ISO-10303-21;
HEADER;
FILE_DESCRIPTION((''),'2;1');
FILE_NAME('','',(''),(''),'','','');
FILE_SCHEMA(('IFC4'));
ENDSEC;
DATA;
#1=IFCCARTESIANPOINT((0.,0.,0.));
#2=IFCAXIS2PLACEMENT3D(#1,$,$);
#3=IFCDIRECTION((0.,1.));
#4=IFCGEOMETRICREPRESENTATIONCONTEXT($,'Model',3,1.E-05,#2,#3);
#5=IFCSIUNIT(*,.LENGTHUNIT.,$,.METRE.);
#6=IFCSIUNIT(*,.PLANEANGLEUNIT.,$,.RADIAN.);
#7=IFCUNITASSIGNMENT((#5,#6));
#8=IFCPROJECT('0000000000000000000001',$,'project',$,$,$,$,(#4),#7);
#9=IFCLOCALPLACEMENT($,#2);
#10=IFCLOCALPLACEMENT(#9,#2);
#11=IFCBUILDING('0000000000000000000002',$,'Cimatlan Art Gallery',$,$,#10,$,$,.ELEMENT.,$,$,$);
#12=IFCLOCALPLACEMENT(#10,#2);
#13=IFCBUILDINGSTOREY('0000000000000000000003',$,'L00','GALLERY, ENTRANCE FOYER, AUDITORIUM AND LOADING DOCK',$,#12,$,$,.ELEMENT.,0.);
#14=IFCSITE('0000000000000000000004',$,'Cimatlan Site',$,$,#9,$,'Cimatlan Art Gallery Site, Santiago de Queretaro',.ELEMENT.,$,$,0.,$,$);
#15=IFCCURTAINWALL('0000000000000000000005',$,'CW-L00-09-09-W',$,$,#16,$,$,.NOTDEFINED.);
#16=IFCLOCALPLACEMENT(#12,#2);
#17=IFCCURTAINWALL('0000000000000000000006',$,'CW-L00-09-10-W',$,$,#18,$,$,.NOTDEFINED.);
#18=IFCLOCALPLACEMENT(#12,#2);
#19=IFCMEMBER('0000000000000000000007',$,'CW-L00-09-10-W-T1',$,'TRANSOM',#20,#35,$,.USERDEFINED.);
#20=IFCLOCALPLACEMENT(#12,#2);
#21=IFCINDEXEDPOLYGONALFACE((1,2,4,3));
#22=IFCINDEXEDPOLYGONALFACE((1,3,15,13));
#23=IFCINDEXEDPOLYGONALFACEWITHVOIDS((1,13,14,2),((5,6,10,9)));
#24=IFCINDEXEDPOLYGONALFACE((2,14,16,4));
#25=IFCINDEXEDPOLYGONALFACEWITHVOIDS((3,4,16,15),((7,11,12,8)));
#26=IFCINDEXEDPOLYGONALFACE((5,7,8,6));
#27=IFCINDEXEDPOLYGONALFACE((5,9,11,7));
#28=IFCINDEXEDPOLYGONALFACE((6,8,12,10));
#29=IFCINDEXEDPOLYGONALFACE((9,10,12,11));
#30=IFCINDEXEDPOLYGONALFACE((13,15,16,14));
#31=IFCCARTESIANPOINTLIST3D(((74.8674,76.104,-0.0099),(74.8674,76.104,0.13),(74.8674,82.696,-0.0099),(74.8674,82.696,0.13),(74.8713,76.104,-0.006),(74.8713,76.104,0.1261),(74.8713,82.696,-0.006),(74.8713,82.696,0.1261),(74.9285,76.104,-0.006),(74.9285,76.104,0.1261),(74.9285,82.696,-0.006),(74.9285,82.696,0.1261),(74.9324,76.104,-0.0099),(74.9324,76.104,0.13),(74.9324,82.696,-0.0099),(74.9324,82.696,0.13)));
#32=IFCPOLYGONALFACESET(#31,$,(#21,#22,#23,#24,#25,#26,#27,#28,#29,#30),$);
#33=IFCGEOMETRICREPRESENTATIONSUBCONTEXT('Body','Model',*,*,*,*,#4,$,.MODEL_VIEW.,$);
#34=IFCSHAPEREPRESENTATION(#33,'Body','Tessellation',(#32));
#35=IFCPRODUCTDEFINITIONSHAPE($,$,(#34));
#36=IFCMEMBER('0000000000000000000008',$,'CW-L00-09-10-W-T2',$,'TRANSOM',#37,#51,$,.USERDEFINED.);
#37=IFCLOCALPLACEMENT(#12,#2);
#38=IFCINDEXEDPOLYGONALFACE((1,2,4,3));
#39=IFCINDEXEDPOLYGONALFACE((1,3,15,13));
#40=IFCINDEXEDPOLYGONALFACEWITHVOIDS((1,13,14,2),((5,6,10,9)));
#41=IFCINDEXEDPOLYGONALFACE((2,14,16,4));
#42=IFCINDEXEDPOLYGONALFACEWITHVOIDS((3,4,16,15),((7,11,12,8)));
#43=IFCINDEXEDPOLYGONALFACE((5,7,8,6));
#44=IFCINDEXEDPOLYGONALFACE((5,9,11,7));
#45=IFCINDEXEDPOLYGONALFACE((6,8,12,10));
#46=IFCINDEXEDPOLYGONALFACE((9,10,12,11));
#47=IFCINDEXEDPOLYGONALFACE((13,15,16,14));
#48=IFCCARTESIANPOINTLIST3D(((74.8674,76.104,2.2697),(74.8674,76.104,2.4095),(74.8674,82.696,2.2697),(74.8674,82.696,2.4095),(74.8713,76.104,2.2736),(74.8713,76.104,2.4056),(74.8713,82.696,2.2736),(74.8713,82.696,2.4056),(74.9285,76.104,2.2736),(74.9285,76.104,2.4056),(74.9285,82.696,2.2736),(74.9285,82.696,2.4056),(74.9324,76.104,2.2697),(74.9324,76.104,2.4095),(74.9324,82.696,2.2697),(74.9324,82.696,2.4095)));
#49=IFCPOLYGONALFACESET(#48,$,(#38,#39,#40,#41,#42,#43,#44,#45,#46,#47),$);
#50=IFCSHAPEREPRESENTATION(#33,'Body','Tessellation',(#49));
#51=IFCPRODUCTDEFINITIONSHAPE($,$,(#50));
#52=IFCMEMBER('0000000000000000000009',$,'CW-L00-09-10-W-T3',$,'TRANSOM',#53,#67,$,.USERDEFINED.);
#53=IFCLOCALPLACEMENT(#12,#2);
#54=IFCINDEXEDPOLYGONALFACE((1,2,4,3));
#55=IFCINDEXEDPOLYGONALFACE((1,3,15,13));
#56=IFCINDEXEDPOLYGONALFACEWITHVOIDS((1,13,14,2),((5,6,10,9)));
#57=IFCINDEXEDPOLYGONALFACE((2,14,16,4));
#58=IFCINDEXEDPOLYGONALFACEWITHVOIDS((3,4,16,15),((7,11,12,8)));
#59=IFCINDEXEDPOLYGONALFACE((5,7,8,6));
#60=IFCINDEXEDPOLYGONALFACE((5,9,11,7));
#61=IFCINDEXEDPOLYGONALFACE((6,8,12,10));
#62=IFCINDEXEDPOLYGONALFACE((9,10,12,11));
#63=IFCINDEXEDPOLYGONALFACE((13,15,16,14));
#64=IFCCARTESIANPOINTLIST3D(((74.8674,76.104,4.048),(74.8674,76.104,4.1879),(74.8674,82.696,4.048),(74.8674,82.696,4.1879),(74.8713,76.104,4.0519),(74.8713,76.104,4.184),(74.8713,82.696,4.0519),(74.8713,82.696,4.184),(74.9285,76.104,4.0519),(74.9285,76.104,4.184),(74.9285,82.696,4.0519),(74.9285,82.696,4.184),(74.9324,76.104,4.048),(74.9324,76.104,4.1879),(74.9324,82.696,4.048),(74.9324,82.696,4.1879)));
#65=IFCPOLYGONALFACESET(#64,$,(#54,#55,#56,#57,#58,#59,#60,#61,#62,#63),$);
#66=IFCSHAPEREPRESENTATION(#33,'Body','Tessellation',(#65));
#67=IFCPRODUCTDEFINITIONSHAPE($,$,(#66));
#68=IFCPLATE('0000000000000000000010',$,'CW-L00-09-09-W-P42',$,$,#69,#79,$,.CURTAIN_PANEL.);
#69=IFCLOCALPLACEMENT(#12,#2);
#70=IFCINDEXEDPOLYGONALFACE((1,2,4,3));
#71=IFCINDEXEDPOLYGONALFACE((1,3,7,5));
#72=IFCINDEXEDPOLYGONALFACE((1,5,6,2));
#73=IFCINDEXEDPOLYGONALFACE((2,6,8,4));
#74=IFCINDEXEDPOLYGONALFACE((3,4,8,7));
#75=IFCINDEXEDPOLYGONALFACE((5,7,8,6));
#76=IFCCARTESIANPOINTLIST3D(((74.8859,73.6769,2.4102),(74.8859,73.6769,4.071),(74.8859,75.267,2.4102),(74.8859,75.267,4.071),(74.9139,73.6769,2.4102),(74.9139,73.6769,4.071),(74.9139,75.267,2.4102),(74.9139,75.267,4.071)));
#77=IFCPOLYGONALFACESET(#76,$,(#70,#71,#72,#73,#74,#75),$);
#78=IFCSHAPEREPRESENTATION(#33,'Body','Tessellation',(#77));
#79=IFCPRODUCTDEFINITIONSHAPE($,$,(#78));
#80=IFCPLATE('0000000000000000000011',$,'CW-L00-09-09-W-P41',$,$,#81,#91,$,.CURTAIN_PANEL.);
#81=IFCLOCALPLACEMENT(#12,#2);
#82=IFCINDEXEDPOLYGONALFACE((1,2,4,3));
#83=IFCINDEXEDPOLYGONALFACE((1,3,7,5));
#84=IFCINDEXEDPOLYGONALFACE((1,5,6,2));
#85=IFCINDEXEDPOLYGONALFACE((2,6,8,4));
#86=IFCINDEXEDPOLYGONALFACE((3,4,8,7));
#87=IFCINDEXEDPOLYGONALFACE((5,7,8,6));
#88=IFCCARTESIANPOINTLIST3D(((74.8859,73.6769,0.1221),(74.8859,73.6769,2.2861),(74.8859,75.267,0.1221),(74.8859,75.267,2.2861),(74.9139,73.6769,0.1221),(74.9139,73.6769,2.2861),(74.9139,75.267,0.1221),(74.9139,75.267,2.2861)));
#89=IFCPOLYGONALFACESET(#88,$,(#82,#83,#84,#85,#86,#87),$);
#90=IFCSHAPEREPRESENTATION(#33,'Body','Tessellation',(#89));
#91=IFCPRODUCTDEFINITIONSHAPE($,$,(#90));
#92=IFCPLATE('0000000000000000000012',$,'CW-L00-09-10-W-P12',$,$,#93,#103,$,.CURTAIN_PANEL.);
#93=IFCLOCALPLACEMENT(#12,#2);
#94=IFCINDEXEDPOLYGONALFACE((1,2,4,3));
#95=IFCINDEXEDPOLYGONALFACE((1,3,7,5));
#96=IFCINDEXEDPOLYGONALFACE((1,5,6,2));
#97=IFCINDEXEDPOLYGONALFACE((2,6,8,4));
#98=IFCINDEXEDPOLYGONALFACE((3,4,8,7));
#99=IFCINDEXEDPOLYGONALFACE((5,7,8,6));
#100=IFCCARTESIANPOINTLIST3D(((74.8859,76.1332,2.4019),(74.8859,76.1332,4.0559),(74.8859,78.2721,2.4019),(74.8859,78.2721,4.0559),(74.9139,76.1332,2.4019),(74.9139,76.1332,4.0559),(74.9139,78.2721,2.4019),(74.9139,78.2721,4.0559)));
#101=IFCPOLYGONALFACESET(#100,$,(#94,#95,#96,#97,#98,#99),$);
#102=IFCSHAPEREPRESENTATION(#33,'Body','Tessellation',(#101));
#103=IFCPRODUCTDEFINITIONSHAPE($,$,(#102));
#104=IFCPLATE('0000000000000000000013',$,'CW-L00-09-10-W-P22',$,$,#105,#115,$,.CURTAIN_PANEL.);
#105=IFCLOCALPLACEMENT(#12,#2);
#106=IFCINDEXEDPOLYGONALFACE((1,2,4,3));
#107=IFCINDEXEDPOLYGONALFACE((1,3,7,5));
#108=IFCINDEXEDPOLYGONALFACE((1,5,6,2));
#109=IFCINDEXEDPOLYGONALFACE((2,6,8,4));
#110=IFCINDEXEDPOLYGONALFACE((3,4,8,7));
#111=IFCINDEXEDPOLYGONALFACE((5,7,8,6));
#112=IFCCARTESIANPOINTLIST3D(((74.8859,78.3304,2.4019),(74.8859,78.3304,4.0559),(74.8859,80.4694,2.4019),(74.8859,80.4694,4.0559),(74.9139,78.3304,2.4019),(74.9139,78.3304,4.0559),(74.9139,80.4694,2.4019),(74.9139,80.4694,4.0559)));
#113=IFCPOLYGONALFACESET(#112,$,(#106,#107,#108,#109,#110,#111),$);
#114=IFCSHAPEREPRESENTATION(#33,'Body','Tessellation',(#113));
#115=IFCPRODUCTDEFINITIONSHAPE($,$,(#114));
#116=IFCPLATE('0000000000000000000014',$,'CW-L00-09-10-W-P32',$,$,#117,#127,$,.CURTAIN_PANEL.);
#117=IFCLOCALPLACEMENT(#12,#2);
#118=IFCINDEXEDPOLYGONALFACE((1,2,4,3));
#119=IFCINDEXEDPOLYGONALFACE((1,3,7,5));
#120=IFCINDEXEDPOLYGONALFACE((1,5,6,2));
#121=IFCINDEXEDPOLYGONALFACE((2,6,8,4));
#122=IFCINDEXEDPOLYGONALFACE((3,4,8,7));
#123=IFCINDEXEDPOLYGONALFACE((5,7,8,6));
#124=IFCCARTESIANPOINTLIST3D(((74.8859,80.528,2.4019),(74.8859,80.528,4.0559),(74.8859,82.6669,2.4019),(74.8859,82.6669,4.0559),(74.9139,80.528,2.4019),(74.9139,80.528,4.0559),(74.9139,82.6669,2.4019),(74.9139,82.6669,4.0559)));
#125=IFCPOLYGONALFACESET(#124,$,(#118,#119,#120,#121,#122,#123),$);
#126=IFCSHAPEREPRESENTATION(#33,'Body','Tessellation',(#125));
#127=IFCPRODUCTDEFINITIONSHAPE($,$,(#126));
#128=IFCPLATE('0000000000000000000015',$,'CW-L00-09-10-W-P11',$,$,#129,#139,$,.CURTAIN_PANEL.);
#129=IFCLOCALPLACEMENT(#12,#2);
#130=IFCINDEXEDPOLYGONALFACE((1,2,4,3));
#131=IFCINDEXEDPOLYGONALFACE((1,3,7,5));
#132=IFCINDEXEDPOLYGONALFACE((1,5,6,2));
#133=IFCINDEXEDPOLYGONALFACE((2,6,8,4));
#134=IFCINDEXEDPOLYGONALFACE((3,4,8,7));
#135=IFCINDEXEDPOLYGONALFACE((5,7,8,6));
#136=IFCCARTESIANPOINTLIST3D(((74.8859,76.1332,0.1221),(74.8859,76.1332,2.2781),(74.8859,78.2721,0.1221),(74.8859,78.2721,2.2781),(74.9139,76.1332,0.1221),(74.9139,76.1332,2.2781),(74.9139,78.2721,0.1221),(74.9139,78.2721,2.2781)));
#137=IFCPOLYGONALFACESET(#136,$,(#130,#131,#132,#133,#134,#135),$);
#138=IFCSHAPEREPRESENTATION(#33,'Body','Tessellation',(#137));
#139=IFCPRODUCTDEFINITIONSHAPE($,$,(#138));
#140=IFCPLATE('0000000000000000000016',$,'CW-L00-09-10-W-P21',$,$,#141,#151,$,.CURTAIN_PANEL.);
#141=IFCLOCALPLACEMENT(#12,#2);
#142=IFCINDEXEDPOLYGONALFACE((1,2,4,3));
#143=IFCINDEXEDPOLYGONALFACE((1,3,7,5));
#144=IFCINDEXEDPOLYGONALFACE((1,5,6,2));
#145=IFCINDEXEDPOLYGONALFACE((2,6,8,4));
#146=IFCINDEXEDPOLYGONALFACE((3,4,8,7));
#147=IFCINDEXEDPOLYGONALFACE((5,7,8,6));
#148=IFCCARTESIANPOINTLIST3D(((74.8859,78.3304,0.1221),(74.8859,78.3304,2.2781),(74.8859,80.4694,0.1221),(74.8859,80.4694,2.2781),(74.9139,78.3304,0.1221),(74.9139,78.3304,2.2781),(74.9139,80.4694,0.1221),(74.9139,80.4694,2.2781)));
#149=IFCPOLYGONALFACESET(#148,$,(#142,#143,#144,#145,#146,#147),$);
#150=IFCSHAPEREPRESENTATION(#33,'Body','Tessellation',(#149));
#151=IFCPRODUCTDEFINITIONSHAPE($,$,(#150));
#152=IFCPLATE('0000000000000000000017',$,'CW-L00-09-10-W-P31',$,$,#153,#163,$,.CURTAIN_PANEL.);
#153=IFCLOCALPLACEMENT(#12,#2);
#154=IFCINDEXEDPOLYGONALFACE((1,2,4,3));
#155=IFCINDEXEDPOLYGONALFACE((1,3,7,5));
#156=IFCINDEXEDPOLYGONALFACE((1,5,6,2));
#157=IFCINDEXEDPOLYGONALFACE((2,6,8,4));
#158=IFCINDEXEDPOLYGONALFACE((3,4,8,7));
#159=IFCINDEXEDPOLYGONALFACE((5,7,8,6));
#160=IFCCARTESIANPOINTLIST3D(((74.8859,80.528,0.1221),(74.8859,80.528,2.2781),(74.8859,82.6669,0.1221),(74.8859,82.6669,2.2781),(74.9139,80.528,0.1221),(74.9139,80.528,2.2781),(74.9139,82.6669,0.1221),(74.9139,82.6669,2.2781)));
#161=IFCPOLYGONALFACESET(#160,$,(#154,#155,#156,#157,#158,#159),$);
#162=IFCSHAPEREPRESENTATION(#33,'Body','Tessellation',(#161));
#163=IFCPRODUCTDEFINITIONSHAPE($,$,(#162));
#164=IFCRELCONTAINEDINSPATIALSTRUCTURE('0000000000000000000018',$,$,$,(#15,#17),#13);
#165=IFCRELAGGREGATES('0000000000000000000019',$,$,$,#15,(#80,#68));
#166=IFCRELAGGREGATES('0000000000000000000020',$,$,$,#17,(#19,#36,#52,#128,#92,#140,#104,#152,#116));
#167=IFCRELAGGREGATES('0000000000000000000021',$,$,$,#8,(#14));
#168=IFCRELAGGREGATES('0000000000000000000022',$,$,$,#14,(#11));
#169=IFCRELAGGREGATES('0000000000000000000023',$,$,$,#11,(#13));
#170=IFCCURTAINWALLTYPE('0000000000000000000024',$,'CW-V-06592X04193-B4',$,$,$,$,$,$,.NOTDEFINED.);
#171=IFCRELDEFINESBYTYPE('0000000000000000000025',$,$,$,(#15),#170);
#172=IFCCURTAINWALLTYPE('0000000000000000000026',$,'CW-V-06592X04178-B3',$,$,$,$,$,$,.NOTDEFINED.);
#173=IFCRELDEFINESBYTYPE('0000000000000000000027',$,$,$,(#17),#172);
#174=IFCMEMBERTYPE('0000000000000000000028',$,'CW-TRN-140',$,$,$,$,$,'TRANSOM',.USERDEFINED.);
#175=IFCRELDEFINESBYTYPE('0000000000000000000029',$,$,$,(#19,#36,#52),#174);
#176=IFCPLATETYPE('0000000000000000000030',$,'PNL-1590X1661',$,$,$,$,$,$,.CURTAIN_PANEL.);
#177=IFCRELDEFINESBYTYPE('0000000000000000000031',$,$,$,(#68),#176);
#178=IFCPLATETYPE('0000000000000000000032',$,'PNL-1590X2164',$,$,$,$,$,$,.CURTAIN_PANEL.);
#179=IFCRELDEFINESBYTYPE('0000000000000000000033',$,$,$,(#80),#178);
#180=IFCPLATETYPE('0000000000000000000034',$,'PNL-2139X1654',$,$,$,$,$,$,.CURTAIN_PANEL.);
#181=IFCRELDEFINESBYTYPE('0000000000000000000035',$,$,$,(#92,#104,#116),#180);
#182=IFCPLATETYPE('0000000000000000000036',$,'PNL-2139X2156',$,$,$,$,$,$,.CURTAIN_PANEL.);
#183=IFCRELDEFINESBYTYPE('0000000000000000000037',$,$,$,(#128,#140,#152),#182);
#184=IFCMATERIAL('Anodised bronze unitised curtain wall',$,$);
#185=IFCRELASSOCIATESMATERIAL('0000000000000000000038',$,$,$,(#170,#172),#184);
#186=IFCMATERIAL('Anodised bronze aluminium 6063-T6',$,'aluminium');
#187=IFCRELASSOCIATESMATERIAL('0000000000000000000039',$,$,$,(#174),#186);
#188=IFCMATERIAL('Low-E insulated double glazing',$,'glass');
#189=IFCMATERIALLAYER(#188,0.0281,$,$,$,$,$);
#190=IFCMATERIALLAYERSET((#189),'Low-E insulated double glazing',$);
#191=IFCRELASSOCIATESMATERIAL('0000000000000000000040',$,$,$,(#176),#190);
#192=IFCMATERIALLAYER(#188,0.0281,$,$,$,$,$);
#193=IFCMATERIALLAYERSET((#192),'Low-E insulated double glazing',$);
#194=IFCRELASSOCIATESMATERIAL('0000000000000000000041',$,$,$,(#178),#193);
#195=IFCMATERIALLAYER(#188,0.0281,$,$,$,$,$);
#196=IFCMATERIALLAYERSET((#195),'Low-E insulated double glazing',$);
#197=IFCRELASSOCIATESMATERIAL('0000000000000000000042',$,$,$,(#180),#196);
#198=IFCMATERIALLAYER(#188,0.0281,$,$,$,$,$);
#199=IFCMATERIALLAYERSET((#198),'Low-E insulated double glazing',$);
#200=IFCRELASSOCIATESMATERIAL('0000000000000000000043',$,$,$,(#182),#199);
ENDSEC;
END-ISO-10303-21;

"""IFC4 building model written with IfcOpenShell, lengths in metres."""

from ifc_helpers import new_model, si_unit, direction, frame, origin, origin_2d, place, context, subcontext, project, spatial, rectangle, hollow_rectangle, extrude, material, layer, layer_set, material_profile, profile_set, type_object, element, aggregate, save


model = new_model("IFC4")

# Units and contexts
model_context = context("Model", 3, precision=1e-05, world=origin(), true_north=direction((0.0, 1.0)))
body_context = subcontext(model_context, "Body", "Model", "MODEL_VIEW")
ifc_project = project(units=[si_unit("LENGTHUNIT", "METRE"), si_unit("PLANEANGLEUNIT", "RADIAN")], contexts=[model_context])

# Site, building, storey
site_placement = place(None, origin())
site = spatial("IfcSite", under=ifc_project, at=site_placement, Name="Cimatlan Site", LongName="Cimatlan Art Gallery Site, Santiago de Queretaro", CompositionType="ELEMENT", RefElevation=0.0)
building_placement = place(site_placement, origin())
building = spatial("IfcBuilding", under=site, at=building_placement, Name="Cimatlan Art Gallery", CompositionType="ELEMENT")
storey_placement = place(building_placement, origin())
storey = spatial("IfcBuildingStorey", under=building, at=storey_placement, Name="L00", Description="GALLERY, ENTRANCE FOYER, AUDITORIUM AND LOADING DOCK", CompositionType="ELEMENT", Elevation=0.0)

# Curtain wall
ifc_material_1 = material(Name="Anodised bronze unitised curtain wall")
curtain_wall_type_1 = type_object("IfcCurtainWallType", Name="CW-V-06592X04193-B4", PredefinedType="NOTDEFINED", material=ifc_material_1)
curtain_wall_1_placement = place(storey_placement, origin())
curtain_wall_1 = element("IfcCurtainWall", 1, at=curtain_wall_1_placement, inside=storey, type_object=curtain_wall_type_1, Name="CW-L00-09-09-W", PredefinedType="NOTDEFINED")
ifc_material_2 = material(Name="Anodised bronze aluminium 6063-T6", Category="aluminium")

# Curtain wall, members
curtain_wall_type_2 = type_object("IfcCurtainWallType", Name="CW-V-06592X04178-B3", PredefinedType="NOTDEFINED", material=ifc_material_1)
curtain_wall_2_placement = place(storey_placement, origin())
curtain_wall_2 = element("IfcCurtainWall", 2, at=curtain_wall_2_placement, inside=storey, type_object=curtain_wall_type_2, Name="CW-L00-09-10-W", PredefinedType="NOTDEFINED")
ifc_material_profile_1 = material_profile(ifc_material_2, hollow_rectangle(XDim=0.0649, YDim=0.1399, WallThickness=0.0039, at=origin_2d()), Name="ALU65X140X4")
ifc_profile_set_1 = profile_set([ifc_material_profile_1], Name="Anodised bronze aluminium 6063-T6")
member_type_1 = type_object("IfcMemberType", Name="CW-TRN-140", ElementType="TRANSOM", PredefinedType="USERDEFINED", material=ifc_profile_set_1)
member_1_placement = place(storey_placement, frame((74.8999, 76.104, 0.0601), z_axis=(0.0, 1.0, 0.0), x_axis=(-1.0, 0.0, 0.0)))
member_1 = element("IfcMember", 3, at=member_1_placement, type_object=member_type_1, Name="CW-L00-09-10-W-T1", ObjectType="TRANSOM", PredefinedType="USERDEFINED", context=body_context, shape_type="SweptSolid", body=[
    extrude(hollow_rectangle(XDim=0.0649, YDim=0.1399, WallThickness=0.0039, at=origin_2d()), origin(), (0.0, 0.0, 1.0), 6.592),
])
member_2_placement = place(storey_placement, frame((74.8999, 76.104, 2.3396), z_axis=(0.0, 1.0, 0.0), x_axis=(-1.0, 0.0, 0.0)))
member_2 = element("IfcMember", 4, at=member_2_placement, type_object=member_type_1, Name="CW-L00-09-10-W-T2", ObjectType="TRANSOM", PredefinedType="USERDEFINED", context=body_context, shape_type="SweptSolid", body=[
    extrude(hollow_rectangle(XDim=0.0649, YDim=0.1399, WallThickness=0.0039, at=origin_2d()), origin(), (0.0, 0.0, 1.0), 6.592),
])
member_3_placement = place(storey_placement, frame((74.8999, 76.104, 4.1179), z_axis=(0.0, 1.0, 0.0), x_axis=(-1.0, 0.0, 0.0)))
member_3 = element("IfcMember", 5, at=member_3_placement, type_object=member_type_1, Name="CW-L00-09-10-W-T3", ObjectType="TRANSOM", PredefinedType="USERDEFINED", context=body_context, shape_type="SweptSolid", body=[
    extrude(hollow_rectangle(XDim=0.0649, YDim=0.1399, WallThickness=0.0039, at=origin_2d()), origin(), (0.0, 0.0, 1.0), 6.592),
])

# Plates
ifc_material_3 = material(Name="Low-E insulated double glazing", Category="glass")
ifc_layer_1 = layer(ifc_material_3, 0.0281)
ifc_layer_set_1 = layer_set([ifc_layer_1], Name="Low-E insulated double glazing")
plate_type_1 = type_object("IfcPlateType", Name="PNL-1590X1661", PredefinedType="CURTAIN_PANEL", material=ifc_layer_set_1)
plate_1_placement = place(storey_placement, frame((74.8999, 74.4719, 2.4102), z_axis=(0.0, 0.0, 1.0), x_axis=(0.0, 1.0, 0.0)))
plate_1 = element("IfcPlate", 6, at=plate_1_placement, type_object=plate_type_1, Name="CW-L00-09-09-W-P42", PredefinedType="CURTAIN_PANEL", context=body_context, shape_type="SweptSolid", body=[
    extrude(rectangle(XDim=1.5901, YDim=0.0281, at=origin_2d()), origin(), (0.0, 0.0, 1.0), 1.6609),
])
ifc_layer_2 = layer(ifc_material_3, 0.0281)
ifc_layer_set_2 = layer_set([ifc_layer_2], Name="Low-E insulated double glazing")
plate_type_2 = type_object("IfcPlateType", Name="PNL-1590X2164", PredefinedType="CURTAIN_PANEL", material=ifc_layer_set_2)
plate_2_placement = place(storey_placement, frame((74.8999, 74.4719, 0.1221), z_axis=(0.0, 0.0, 1.0), x_axis=(0.0, 1.0, 0.0)))
plate_2 = element("IfcPlate", 7, at=plate_2_placement, type_object=plate_type_2, Name="CW-L00-09-09-W-P41", PredefinedType="CURTAIN_PANEL", context=body_context, shape_type="SweptSolid", body=[
    extrude(rectangle(XDim=1.5901, YDim=0.0281, at=origin_2d()), origin(), (0.0, 0.0, 1.0), 2.1641),
])
aggregate(curtain_wall_1, [plate_2, plate_1])
ifc_layer_3 = layer(ifc_material_3, 0.0281)
ifc_layer_set_3 = layer_set([ifc_layer_3], Name="Low-E insulated double glazing")
plate_type_3 = type_object("IfcPlateType", Name="PNL-2139X1654", PredefinedType="CURTAIN_PANEL", material=ifc_layer_set_3)
plate_3_placement = place(storey_placement, frame((74.8999, 77.2026, 2.4019), z_axis=(0.0, 0.0, 1.0), x_axis=(0.0, 1.0, 0.0)))
plate_3 = element("IfcPlate", 8, at=plate_3_placement, type_object=plate_type_3, Name="CW-L00-09-10-W-P12", PredefinedType="CURTAIN_PANEL", context=body_context, shape_type="SweptSolid", body=[
    extrude(rectangle(XDim=2.1389, YDim=0.0281, at=origin_2d()), origin(), (0.0, 0.0, 1.0), 1.6541),
])
plate_4_placement = place(storey_placement, frame((74.8999, 79.3999, 2.4019), z_axis=(0.0, 0.0, 1.0), x_axis=(0.0, 1.0, 0.0)))
plate_4 = element("IfcPlate", 9, at=plate_4_placement, type_object=plate_type_3, Name="CW-L00-09-10-W-P22", PredefinedType="CURTAIN_PANEL", context=body_context, shape_type="SweptSolid", body=[
    extrude(rectangle(XDim=2.1389, YDim=0.0281, at=origin_2d()), origin(), (0.0, 0.0, 1.0), 1.6541),
])
plate_5_placement = place(storey_placement, frame((74.8999, 81.5974, 2.4019), z_axis=(0.0, 0.0, 1.0), x_axis=(0.0, 1.0, 0.0)))
plate_5 = element("IfcPlate", 10, at=plate_5_placement, type_object=plate_type_3, Name="CW-L00-09-10-W-P32", PredefinedType="CURTAIN_PANEL", context=body_context, shape_type="SweptSolid", body=[
    extrude(rectangle(XDim=2.1389, YDim=0.0281, at=origin_2d()), origin(), (0.0, 0.0, 1.0), 1.6541),
])
ifc_layer_4 = layer(ifc_material_3, 0.0281)
ifc_layer_set_4 = layer_set([ifc_layer_4], Name="Low-E insulated double glazing")
plate_type_4 = type_object("IfcPlateType", Name="PNL-2139X2156", PredefinedType="CURTAIN_PANEL", material=ifc_layer_set_4)
plate_6_placement = place(storey_placement, frame((74.8999, 77.2026, 0.1221), z_axis=(0.0, 0.0, 1.0), x_axis=(0.0, 1.0, 0.0)))
plate_6 = element("IfcPlate", 11, at=plate_6_placement, type_object=plate_type_4, Name="CW-L00-09-10-W-P11", PredefinedType="CURTAIN_PANEL", context=body_context, shape_type="SweptSolid", body=[
    extrude(rectangle(XDim=2.1389, YDim=0.0281, at=origin_2d()), origin(), (0.0, 0.0, 1.0), 2.156),
])
plate_7_placement = place(storey_placement, frame((74.8999, 79.3999, 0.1221), z_axis=(0.0, 0.0, 1.0), x_axis=(0.0, 1.0, 0.0)))
plate_7 = element("IfcPlate", 12, at=plate_7_placement, type_object=plate_type_4, Name="CW-L00-09-10-W-P21", PredefinedType="CURTAIN_PANEL", context=body_context, shape_type="SweptSolid", body=[
    extrude(rectangle(XDim=2.1389, YDim=0.0281, at=origin_2d()), origin(), (0.0, 0.0, 1.0), 2.156),
])
plate_8_placement = place(storey_placement, frame((74.8999, 81.5974, 0.1221), z_axis=(0.0, 0.0, 1.0), x_axis=(0.0, 1.0, 0.0)))
plate_8 = element("IfcPlate", 13, at=plate_8_placement, type_object=plate_type_4, Name="CW-L00-09-10-W-P31", PredefinedType="CURTAIN_PANEL", context=body_context, shape_type="SweptSolid", body=[
    extrude(rectangle(XDim=2.1389, YDim=0.0281, at=origin_2d()), origin(), (0.0, 0.0, 1.0), 2.156),
])
aggregate(curtain_wall_2, [member_1, member_2, member_3, plate_6, plate_3, plate_7, plate_4, plate_8, plate_5])

save(model, "model.ifc")
